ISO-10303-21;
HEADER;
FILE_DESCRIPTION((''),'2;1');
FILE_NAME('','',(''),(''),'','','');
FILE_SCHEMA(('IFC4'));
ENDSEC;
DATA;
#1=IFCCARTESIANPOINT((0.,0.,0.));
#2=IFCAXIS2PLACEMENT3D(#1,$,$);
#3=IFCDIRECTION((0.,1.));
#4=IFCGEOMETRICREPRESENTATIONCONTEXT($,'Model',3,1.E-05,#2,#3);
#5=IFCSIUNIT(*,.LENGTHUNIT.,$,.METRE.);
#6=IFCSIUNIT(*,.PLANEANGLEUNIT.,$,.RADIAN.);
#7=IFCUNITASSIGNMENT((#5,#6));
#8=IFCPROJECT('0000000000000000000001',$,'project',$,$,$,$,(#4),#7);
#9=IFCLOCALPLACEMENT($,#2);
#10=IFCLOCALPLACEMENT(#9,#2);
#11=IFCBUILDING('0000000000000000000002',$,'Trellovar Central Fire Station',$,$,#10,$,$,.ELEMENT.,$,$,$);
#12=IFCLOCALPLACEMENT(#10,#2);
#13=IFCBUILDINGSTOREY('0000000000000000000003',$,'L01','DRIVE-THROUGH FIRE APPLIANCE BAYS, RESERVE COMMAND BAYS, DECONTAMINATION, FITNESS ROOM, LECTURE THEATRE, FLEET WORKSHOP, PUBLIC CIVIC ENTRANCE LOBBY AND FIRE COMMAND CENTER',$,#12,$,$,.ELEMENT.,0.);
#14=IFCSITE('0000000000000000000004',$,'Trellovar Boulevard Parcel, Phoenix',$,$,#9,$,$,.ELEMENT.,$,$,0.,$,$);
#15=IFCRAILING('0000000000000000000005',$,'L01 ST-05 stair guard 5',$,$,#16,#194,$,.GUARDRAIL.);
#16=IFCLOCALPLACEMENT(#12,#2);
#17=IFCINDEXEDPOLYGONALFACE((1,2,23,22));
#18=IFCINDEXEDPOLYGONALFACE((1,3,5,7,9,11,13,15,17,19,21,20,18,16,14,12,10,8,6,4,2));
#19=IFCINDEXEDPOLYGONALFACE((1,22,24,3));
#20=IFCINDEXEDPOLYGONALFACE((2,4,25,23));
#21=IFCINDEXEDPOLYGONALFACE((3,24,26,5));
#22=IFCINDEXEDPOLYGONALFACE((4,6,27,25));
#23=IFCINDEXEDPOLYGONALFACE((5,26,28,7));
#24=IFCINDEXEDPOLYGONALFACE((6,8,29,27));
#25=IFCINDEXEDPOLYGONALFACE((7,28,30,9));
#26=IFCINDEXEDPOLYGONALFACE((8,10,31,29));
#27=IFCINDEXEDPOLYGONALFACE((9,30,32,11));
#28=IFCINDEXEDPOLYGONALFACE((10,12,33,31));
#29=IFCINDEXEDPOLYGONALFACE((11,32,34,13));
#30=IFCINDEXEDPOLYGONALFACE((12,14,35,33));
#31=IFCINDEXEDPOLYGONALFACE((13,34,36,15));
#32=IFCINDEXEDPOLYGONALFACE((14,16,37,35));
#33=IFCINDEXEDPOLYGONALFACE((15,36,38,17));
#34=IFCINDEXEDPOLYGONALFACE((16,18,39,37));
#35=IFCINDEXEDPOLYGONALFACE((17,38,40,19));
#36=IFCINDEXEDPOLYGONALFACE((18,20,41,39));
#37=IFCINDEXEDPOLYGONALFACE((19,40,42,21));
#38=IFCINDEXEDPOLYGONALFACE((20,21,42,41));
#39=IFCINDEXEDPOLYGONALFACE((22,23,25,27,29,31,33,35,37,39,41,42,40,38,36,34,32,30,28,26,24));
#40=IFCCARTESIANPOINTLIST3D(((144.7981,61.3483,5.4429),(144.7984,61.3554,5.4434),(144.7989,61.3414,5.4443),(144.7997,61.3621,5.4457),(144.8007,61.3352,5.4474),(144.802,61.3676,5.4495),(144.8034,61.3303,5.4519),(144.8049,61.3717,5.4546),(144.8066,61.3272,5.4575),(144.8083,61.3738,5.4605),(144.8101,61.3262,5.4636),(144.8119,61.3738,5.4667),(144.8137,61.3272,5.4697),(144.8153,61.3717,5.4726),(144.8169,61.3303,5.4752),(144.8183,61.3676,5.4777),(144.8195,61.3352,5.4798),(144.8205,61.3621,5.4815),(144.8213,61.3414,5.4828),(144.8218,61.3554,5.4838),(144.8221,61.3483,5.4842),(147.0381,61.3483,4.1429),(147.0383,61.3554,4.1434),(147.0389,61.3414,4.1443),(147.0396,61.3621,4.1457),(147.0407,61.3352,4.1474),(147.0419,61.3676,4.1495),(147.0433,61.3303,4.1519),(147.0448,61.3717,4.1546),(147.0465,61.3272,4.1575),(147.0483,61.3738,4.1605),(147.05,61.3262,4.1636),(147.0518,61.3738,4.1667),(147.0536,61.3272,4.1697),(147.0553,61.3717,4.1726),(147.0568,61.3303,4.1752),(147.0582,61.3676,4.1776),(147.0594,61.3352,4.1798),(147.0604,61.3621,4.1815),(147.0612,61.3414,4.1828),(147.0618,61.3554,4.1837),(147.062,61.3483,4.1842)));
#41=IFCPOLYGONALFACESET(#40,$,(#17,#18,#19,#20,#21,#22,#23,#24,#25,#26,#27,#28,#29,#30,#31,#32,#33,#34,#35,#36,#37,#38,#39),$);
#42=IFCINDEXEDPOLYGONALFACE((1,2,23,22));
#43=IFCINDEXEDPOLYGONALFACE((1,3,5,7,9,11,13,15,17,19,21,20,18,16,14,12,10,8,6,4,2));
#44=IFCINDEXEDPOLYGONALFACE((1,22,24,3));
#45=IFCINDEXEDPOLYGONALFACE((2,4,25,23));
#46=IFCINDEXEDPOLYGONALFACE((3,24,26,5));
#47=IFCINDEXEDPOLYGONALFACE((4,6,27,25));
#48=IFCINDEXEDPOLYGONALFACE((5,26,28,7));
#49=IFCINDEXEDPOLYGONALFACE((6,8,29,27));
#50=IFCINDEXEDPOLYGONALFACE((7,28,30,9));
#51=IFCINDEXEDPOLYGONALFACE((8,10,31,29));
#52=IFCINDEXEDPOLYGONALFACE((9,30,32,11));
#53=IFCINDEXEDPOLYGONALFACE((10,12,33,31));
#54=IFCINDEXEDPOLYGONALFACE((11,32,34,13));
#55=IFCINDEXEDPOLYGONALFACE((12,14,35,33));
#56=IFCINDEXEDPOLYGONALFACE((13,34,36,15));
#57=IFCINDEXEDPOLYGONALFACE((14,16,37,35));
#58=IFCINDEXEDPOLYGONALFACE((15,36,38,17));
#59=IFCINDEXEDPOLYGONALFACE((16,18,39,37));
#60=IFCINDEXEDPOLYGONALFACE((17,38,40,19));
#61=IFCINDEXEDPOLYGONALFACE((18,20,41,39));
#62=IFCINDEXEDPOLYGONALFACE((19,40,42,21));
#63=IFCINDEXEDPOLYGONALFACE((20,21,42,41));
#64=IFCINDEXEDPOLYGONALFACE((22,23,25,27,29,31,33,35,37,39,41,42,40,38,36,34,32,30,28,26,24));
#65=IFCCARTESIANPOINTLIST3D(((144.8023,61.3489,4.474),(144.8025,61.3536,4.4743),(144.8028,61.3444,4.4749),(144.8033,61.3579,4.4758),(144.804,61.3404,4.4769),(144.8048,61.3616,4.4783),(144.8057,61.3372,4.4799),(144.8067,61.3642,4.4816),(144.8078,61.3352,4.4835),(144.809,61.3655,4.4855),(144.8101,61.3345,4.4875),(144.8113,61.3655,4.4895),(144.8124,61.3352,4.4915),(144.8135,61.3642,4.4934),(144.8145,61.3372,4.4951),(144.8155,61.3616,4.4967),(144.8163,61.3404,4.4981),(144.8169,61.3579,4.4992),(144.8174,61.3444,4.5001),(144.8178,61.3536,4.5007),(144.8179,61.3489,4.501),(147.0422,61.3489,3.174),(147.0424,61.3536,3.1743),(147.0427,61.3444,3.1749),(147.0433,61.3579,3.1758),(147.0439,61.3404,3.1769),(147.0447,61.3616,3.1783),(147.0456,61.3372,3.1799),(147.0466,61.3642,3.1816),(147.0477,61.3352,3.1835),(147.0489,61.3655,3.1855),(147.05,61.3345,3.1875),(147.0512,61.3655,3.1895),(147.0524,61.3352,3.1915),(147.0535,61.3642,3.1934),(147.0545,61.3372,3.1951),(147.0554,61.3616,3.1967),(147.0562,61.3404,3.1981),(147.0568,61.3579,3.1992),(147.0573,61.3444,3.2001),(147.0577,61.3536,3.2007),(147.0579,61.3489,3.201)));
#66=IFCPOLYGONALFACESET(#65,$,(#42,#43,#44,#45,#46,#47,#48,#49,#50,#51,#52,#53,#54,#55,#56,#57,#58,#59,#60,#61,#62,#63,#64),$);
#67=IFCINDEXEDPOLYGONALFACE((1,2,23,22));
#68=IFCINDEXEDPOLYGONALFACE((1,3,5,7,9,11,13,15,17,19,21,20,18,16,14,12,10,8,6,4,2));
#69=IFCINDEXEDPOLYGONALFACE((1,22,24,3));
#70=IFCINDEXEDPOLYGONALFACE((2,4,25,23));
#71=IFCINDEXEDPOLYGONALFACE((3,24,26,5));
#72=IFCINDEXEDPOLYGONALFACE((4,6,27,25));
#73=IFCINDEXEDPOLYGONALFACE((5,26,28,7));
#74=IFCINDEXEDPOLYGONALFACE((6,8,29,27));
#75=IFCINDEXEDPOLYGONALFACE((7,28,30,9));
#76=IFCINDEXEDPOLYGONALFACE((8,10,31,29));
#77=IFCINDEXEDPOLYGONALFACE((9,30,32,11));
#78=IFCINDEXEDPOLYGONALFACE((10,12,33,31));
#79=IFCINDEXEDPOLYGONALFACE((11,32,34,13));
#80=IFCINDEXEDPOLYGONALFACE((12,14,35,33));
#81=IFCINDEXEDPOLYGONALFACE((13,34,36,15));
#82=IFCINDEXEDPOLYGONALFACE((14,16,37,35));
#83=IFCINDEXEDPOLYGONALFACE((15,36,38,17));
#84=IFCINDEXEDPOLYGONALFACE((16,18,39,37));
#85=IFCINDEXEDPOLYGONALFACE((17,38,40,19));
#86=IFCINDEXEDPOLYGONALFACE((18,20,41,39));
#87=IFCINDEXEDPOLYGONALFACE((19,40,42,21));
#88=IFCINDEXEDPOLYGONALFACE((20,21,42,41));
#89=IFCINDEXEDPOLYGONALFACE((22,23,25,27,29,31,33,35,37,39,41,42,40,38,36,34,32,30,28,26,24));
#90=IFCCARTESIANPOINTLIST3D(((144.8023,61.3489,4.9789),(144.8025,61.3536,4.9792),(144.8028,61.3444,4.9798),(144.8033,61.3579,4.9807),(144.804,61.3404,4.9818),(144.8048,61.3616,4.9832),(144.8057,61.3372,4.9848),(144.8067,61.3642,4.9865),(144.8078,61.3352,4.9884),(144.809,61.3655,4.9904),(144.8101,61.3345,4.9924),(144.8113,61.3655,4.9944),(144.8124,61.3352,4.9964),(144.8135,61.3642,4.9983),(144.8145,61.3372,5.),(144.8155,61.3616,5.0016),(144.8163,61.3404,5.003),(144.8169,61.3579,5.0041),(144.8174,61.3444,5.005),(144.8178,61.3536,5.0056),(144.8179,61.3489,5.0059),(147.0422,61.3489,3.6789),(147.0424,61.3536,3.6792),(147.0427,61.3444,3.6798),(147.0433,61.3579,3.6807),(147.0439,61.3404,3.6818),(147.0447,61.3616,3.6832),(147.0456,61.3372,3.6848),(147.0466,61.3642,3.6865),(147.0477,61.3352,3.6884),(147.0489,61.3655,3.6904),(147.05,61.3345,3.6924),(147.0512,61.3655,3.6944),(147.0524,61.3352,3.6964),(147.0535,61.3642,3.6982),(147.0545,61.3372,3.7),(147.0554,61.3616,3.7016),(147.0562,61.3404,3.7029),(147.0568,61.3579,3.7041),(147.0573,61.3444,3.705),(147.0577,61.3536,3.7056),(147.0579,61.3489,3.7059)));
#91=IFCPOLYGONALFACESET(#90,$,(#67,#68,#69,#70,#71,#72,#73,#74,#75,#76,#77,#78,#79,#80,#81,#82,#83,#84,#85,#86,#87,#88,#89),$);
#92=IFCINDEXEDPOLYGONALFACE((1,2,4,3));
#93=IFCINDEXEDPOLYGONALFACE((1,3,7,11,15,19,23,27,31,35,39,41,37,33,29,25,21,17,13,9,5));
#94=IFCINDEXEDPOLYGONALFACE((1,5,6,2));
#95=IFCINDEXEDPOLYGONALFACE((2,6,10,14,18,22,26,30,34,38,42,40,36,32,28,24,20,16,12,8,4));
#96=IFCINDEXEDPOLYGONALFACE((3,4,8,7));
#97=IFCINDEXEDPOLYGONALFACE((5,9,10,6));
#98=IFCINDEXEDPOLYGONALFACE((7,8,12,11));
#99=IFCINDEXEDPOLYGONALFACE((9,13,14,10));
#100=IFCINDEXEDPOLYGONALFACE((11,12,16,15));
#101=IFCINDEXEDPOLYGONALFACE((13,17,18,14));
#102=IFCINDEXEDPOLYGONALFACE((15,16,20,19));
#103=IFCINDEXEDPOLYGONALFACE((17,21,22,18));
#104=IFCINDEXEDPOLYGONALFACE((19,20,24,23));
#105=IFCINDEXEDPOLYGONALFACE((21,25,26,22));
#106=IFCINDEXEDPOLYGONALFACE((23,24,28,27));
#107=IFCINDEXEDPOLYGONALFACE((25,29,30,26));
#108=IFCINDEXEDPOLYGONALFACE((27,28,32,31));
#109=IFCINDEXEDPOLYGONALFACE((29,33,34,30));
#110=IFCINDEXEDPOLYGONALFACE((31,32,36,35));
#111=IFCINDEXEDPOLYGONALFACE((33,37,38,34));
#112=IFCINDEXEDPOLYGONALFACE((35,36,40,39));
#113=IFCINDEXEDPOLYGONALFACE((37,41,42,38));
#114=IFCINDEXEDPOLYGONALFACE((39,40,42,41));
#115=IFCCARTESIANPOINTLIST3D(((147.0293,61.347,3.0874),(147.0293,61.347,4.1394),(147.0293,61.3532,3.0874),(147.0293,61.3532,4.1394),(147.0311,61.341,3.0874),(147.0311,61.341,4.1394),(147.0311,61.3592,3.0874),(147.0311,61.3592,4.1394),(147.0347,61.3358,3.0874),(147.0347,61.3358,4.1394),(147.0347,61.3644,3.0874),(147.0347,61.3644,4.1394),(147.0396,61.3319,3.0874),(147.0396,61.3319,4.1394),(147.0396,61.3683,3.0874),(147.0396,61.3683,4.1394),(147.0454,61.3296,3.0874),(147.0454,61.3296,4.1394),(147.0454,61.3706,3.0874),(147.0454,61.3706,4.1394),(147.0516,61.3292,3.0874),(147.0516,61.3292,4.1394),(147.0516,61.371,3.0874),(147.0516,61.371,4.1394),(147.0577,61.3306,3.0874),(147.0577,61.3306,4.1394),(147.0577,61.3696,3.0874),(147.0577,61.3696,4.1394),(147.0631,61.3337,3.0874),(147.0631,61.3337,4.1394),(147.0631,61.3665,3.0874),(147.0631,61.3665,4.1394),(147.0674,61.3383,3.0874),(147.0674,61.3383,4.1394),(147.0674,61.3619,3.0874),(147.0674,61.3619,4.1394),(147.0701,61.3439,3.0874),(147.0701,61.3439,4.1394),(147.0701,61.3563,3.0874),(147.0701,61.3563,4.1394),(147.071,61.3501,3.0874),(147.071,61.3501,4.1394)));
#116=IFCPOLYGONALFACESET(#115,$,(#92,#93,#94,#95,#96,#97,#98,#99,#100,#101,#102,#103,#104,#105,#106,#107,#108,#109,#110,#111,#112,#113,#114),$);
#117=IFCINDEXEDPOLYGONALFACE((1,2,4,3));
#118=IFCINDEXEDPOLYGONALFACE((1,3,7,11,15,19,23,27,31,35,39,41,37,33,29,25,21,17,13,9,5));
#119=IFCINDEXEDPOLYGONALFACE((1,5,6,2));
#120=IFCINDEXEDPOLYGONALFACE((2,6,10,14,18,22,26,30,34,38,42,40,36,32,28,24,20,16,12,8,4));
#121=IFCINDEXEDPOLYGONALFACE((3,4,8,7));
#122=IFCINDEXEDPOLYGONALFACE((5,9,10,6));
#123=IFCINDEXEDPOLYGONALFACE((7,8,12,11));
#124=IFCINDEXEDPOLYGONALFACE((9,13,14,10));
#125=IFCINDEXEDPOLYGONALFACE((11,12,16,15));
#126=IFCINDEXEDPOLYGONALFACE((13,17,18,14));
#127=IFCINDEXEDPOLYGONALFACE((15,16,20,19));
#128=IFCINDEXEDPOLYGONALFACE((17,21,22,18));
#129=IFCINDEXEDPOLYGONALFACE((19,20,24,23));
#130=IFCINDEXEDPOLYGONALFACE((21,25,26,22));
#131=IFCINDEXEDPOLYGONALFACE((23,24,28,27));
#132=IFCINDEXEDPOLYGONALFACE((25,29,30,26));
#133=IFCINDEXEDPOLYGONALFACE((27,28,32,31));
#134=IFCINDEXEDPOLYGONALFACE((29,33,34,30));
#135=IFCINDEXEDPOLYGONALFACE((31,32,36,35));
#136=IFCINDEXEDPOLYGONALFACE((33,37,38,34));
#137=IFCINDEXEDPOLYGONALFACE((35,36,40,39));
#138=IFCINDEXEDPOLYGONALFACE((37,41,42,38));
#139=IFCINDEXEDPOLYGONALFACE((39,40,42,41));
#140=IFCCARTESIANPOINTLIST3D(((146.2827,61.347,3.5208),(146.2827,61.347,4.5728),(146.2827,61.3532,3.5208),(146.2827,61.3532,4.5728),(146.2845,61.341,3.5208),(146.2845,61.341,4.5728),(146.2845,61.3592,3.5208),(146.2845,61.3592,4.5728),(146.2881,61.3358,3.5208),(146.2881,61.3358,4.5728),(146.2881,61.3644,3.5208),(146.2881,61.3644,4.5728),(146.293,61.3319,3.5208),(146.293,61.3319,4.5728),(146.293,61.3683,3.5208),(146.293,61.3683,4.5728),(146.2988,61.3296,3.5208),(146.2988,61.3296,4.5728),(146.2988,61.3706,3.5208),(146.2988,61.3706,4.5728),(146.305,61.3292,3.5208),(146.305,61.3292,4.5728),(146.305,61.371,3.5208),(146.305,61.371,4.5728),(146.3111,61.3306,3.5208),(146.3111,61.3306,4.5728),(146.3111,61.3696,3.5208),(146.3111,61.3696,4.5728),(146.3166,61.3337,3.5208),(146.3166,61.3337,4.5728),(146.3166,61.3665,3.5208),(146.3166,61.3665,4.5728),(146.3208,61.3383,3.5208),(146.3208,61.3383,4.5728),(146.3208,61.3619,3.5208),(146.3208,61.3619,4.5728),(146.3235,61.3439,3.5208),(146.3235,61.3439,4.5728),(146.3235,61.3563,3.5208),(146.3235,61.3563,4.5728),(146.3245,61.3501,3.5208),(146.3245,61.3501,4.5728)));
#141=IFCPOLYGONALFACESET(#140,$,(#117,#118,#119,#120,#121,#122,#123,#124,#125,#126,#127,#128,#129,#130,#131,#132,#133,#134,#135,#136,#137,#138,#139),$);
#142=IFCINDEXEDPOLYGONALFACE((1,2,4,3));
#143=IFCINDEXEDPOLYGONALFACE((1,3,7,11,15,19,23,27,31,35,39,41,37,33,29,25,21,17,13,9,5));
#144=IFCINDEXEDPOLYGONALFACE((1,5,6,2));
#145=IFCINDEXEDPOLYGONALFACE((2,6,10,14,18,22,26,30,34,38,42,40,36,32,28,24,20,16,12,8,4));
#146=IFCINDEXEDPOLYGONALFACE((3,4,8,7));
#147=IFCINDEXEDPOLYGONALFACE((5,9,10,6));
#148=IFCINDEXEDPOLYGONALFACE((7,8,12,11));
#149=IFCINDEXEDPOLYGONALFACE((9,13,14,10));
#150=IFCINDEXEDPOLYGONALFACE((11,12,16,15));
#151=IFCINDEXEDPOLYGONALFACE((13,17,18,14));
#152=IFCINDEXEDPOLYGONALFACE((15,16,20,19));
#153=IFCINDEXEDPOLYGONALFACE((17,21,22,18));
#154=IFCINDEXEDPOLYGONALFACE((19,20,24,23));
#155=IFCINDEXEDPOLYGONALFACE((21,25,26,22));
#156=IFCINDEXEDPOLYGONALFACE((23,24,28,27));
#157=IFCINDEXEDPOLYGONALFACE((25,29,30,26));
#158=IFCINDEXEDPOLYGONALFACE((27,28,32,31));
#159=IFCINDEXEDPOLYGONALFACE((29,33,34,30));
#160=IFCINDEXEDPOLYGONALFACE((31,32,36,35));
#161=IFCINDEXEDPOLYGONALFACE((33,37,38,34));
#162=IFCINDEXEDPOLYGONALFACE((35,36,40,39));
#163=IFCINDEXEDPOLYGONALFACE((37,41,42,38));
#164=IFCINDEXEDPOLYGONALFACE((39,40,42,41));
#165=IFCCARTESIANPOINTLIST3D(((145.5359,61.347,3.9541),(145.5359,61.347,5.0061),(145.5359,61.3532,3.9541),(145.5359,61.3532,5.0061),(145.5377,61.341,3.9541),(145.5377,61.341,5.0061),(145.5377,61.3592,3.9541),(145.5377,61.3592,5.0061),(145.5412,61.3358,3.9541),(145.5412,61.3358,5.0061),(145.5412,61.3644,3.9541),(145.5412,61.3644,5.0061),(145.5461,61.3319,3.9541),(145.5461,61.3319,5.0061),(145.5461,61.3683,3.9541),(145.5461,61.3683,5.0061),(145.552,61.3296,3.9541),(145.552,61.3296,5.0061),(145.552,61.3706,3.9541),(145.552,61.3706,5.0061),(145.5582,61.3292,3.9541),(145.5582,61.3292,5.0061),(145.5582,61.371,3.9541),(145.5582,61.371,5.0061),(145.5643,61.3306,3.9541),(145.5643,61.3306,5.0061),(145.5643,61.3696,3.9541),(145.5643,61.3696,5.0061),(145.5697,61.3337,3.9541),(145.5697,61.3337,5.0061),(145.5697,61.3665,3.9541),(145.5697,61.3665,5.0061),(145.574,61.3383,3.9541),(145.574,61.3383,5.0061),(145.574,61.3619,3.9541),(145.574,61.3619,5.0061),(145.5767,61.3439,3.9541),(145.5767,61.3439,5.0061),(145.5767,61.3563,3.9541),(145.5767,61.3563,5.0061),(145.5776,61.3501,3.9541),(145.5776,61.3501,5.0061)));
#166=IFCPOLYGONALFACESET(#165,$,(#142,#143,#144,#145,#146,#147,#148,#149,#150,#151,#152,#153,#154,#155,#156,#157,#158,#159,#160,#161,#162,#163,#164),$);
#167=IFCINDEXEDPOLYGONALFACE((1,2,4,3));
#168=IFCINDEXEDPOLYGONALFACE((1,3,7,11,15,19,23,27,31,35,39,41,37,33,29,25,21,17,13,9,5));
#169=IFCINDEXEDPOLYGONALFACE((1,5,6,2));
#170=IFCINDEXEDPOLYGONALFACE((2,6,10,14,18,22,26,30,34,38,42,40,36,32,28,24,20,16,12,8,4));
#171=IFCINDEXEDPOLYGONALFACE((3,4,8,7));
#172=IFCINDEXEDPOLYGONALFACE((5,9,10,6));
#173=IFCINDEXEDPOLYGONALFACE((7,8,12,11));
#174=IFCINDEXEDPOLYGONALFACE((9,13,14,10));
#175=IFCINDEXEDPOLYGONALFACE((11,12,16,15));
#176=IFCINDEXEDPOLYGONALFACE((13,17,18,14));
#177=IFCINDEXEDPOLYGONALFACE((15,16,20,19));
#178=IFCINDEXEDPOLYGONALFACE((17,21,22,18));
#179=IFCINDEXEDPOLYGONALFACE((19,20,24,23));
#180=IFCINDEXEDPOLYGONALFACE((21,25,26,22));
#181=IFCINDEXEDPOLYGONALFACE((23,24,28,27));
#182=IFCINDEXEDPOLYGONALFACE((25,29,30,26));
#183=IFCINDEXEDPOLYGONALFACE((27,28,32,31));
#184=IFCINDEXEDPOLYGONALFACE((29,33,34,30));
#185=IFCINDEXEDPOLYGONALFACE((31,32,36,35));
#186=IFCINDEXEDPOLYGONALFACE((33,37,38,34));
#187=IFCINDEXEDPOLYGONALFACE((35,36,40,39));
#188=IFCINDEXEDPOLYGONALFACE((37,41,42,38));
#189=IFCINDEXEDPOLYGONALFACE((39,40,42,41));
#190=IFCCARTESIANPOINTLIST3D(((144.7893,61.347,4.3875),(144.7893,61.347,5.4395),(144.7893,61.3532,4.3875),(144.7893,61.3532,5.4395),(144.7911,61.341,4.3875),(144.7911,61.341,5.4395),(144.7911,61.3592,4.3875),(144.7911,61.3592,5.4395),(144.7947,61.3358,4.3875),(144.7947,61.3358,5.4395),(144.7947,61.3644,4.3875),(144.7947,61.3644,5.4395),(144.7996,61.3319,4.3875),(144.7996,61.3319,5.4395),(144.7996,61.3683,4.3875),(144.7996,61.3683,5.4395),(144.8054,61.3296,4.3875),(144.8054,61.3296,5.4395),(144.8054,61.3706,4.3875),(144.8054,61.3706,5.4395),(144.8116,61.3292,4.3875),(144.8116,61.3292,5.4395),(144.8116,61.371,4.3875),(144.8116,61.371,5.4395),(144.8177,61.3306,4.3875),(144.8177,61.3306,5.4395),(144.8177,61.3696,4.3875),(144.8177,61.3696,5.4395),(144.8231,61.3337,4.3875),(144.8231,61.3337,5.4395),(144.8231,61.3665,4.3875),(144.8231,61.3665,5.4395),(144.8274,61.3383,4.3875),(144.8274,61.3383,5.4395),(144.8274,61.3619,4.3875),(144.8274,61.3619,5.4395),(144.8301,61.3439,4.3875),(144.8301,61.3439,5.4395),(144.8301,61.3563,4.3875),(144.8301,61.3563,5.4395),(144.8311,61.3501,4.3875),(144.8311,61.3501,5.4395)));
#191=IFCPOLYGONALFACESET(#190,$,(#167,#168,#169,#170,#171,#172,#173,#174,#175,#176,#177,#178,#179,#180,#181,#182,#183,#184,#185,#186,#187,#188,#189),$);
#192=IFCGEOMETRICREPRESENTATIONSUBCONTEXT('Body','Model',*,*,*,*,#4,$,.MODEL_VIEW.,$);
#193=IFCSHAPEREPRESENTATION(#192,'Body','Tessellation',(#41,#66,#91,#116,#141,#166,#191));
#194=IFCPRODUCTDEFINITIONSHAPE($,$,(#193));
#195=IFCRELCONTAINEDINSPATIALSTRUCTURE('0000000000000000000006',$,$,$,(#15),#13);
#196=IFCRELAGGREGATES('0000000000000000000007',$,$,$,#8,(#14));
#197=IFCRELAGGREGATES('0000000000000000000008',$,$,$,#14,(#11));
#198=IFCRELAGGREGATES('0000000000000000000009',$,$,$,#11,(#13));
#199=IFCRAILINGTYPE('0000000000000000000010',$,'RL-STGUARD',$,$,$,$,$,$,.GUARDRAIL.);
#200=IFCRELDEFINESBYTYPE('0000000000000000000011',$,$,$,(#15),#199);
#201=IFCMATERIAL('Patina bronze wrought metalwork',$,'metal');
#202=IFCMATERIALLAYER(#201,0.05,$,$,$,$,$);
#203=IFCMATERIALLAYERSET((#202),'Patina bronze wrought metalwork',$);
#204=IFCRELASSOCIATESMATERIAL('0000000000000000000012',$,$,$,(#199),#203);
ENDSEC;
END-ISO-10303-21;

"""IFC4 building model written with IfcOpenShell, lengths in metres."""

from ifc_helpers import new_model, si_unit, direction, frame, origin, origin_2d, place, context, subcontext, project, spatial, circle, extrude, material, layer, layer_set, type_object, element, save


model = new_model("IFC4")

# Units and contexts
model_context = context("Model", 3, precision=1e-05, world=origin(), true_north=direction((0.0, 1.0)))
body_context = subcontext(model_context, "Body", "Model", "MODEL_VIEW")
ifc_project = project(units=[si_unit("LENGTHUNIT", "METRE"), si_unit("PLANEANGLEUNIT", "RADIAN")], contexts=[model_context])

# Site, building, storey
site_placement = place(None, origin())
site = spatial("IfcSite", under=ifc_project, at=site_placement, Name="Trellovar Boulevard Parcel, Phoenix", CompositionType="ELEMENT", RefElevation=0.0)
building_placement = place(site_placement, origin())
building = spatial("IfcBuilding", under=site, at=building_placement, Name="Trellovar Central Fire Station", CompositionType="ELEMENT")
storey_placement = place(building_placement, origin())
storey = spatial("IfcBuildingStorey", under=building, at=storey_placement, Name="L01", Description="DRIVE-THROUGH FIRE APPLIANCE BAYS, RESERVE COMMAND BAYS, DECONTAMINATION, FITNESS ROOM, LECTURE THEATRE, FLEET WORKSHOP, PUBLIC CIVIC ENTRANCE LOBBY AND FIRE COMMAND CENTER", CompositionType="ELEMENT", Elevation=0.0)

# Railing
ifc_material_1 = material(Name="Patina bronze wrought metalwork", Category="metal")
ifc_layer_1 = layer(ifc_material_1, 0.05)
ifc_layer_set_1 = layer_set([ifc_layer_1], Name="Patina bronze wrought metalwork")
railing_type = type_object("IfcRailingType", Name="RL-STGUARD", PredefinedType="GUARDRAIL", material=ifc_layer_set_1)
railing_1_placement = place(storey_placement, frame((147.05, 61.3501, 3.0874)))
element("IfcRailing", 1, at=railing_1_placement, inside=storey, type_object=railing_type, Name="L01 ST-05 stair guard 5", PredefinedType="GUARDRAIL", context=body_context, shape_type="SweptSolid", body=[
    extrude(circle(Radius=0.0239, at=origin_2d()), frame((0.0, 0.0, 1.0762), z_axis=(-0.864888, 0.0, 0.501965), x_axis=(0.0, -1.0, 0.0)), (0.0, 0.0, 1.0), 2.5898),
    extrude(circle(Radius=0.0156, at=origin_2d()), frame((0.0, 0.0, 0.1001), z_axis=(-0.864888, 0.0, 0.501965), x_axis=(0.0, -1.0, 0.0)), (0.0, 0.0, 1.0), 2.5898),
    extrude(circle(Radius=0.0156, at=origin_2d()), frame((0.0, 0.0, 0.605), z_axis=(-0.864888, 0.0, 0.501965), x_axis=(0.0, -1.0, 0.0)), (0.0, 0.0, 1.0), 2.5898),
    extrude(circle(Radius=0.021, at=origin_2d()), origin(), (0.0, 0.0, 1.0), 1.052),
    extrude(circle(Radius=0.021, at=origin_2d()), frame((-0.7466, 0.0, 0.4333)), (0.0, 0.0, 1.0), 1.052),
    extrude(circle(Radius=0.021, at=origin_2d()), frame((-1.4934, 0.0, 0.8667)), (0.0, 0.0, 1.0), 1.052),
    extrude(circle(Radius=0.021, at=origin_2d()), frame((-2.24, 0.0, 1.3)), (0.0, 0.0, 1.0), 1.052),
])

save(model, "model.ifc")
